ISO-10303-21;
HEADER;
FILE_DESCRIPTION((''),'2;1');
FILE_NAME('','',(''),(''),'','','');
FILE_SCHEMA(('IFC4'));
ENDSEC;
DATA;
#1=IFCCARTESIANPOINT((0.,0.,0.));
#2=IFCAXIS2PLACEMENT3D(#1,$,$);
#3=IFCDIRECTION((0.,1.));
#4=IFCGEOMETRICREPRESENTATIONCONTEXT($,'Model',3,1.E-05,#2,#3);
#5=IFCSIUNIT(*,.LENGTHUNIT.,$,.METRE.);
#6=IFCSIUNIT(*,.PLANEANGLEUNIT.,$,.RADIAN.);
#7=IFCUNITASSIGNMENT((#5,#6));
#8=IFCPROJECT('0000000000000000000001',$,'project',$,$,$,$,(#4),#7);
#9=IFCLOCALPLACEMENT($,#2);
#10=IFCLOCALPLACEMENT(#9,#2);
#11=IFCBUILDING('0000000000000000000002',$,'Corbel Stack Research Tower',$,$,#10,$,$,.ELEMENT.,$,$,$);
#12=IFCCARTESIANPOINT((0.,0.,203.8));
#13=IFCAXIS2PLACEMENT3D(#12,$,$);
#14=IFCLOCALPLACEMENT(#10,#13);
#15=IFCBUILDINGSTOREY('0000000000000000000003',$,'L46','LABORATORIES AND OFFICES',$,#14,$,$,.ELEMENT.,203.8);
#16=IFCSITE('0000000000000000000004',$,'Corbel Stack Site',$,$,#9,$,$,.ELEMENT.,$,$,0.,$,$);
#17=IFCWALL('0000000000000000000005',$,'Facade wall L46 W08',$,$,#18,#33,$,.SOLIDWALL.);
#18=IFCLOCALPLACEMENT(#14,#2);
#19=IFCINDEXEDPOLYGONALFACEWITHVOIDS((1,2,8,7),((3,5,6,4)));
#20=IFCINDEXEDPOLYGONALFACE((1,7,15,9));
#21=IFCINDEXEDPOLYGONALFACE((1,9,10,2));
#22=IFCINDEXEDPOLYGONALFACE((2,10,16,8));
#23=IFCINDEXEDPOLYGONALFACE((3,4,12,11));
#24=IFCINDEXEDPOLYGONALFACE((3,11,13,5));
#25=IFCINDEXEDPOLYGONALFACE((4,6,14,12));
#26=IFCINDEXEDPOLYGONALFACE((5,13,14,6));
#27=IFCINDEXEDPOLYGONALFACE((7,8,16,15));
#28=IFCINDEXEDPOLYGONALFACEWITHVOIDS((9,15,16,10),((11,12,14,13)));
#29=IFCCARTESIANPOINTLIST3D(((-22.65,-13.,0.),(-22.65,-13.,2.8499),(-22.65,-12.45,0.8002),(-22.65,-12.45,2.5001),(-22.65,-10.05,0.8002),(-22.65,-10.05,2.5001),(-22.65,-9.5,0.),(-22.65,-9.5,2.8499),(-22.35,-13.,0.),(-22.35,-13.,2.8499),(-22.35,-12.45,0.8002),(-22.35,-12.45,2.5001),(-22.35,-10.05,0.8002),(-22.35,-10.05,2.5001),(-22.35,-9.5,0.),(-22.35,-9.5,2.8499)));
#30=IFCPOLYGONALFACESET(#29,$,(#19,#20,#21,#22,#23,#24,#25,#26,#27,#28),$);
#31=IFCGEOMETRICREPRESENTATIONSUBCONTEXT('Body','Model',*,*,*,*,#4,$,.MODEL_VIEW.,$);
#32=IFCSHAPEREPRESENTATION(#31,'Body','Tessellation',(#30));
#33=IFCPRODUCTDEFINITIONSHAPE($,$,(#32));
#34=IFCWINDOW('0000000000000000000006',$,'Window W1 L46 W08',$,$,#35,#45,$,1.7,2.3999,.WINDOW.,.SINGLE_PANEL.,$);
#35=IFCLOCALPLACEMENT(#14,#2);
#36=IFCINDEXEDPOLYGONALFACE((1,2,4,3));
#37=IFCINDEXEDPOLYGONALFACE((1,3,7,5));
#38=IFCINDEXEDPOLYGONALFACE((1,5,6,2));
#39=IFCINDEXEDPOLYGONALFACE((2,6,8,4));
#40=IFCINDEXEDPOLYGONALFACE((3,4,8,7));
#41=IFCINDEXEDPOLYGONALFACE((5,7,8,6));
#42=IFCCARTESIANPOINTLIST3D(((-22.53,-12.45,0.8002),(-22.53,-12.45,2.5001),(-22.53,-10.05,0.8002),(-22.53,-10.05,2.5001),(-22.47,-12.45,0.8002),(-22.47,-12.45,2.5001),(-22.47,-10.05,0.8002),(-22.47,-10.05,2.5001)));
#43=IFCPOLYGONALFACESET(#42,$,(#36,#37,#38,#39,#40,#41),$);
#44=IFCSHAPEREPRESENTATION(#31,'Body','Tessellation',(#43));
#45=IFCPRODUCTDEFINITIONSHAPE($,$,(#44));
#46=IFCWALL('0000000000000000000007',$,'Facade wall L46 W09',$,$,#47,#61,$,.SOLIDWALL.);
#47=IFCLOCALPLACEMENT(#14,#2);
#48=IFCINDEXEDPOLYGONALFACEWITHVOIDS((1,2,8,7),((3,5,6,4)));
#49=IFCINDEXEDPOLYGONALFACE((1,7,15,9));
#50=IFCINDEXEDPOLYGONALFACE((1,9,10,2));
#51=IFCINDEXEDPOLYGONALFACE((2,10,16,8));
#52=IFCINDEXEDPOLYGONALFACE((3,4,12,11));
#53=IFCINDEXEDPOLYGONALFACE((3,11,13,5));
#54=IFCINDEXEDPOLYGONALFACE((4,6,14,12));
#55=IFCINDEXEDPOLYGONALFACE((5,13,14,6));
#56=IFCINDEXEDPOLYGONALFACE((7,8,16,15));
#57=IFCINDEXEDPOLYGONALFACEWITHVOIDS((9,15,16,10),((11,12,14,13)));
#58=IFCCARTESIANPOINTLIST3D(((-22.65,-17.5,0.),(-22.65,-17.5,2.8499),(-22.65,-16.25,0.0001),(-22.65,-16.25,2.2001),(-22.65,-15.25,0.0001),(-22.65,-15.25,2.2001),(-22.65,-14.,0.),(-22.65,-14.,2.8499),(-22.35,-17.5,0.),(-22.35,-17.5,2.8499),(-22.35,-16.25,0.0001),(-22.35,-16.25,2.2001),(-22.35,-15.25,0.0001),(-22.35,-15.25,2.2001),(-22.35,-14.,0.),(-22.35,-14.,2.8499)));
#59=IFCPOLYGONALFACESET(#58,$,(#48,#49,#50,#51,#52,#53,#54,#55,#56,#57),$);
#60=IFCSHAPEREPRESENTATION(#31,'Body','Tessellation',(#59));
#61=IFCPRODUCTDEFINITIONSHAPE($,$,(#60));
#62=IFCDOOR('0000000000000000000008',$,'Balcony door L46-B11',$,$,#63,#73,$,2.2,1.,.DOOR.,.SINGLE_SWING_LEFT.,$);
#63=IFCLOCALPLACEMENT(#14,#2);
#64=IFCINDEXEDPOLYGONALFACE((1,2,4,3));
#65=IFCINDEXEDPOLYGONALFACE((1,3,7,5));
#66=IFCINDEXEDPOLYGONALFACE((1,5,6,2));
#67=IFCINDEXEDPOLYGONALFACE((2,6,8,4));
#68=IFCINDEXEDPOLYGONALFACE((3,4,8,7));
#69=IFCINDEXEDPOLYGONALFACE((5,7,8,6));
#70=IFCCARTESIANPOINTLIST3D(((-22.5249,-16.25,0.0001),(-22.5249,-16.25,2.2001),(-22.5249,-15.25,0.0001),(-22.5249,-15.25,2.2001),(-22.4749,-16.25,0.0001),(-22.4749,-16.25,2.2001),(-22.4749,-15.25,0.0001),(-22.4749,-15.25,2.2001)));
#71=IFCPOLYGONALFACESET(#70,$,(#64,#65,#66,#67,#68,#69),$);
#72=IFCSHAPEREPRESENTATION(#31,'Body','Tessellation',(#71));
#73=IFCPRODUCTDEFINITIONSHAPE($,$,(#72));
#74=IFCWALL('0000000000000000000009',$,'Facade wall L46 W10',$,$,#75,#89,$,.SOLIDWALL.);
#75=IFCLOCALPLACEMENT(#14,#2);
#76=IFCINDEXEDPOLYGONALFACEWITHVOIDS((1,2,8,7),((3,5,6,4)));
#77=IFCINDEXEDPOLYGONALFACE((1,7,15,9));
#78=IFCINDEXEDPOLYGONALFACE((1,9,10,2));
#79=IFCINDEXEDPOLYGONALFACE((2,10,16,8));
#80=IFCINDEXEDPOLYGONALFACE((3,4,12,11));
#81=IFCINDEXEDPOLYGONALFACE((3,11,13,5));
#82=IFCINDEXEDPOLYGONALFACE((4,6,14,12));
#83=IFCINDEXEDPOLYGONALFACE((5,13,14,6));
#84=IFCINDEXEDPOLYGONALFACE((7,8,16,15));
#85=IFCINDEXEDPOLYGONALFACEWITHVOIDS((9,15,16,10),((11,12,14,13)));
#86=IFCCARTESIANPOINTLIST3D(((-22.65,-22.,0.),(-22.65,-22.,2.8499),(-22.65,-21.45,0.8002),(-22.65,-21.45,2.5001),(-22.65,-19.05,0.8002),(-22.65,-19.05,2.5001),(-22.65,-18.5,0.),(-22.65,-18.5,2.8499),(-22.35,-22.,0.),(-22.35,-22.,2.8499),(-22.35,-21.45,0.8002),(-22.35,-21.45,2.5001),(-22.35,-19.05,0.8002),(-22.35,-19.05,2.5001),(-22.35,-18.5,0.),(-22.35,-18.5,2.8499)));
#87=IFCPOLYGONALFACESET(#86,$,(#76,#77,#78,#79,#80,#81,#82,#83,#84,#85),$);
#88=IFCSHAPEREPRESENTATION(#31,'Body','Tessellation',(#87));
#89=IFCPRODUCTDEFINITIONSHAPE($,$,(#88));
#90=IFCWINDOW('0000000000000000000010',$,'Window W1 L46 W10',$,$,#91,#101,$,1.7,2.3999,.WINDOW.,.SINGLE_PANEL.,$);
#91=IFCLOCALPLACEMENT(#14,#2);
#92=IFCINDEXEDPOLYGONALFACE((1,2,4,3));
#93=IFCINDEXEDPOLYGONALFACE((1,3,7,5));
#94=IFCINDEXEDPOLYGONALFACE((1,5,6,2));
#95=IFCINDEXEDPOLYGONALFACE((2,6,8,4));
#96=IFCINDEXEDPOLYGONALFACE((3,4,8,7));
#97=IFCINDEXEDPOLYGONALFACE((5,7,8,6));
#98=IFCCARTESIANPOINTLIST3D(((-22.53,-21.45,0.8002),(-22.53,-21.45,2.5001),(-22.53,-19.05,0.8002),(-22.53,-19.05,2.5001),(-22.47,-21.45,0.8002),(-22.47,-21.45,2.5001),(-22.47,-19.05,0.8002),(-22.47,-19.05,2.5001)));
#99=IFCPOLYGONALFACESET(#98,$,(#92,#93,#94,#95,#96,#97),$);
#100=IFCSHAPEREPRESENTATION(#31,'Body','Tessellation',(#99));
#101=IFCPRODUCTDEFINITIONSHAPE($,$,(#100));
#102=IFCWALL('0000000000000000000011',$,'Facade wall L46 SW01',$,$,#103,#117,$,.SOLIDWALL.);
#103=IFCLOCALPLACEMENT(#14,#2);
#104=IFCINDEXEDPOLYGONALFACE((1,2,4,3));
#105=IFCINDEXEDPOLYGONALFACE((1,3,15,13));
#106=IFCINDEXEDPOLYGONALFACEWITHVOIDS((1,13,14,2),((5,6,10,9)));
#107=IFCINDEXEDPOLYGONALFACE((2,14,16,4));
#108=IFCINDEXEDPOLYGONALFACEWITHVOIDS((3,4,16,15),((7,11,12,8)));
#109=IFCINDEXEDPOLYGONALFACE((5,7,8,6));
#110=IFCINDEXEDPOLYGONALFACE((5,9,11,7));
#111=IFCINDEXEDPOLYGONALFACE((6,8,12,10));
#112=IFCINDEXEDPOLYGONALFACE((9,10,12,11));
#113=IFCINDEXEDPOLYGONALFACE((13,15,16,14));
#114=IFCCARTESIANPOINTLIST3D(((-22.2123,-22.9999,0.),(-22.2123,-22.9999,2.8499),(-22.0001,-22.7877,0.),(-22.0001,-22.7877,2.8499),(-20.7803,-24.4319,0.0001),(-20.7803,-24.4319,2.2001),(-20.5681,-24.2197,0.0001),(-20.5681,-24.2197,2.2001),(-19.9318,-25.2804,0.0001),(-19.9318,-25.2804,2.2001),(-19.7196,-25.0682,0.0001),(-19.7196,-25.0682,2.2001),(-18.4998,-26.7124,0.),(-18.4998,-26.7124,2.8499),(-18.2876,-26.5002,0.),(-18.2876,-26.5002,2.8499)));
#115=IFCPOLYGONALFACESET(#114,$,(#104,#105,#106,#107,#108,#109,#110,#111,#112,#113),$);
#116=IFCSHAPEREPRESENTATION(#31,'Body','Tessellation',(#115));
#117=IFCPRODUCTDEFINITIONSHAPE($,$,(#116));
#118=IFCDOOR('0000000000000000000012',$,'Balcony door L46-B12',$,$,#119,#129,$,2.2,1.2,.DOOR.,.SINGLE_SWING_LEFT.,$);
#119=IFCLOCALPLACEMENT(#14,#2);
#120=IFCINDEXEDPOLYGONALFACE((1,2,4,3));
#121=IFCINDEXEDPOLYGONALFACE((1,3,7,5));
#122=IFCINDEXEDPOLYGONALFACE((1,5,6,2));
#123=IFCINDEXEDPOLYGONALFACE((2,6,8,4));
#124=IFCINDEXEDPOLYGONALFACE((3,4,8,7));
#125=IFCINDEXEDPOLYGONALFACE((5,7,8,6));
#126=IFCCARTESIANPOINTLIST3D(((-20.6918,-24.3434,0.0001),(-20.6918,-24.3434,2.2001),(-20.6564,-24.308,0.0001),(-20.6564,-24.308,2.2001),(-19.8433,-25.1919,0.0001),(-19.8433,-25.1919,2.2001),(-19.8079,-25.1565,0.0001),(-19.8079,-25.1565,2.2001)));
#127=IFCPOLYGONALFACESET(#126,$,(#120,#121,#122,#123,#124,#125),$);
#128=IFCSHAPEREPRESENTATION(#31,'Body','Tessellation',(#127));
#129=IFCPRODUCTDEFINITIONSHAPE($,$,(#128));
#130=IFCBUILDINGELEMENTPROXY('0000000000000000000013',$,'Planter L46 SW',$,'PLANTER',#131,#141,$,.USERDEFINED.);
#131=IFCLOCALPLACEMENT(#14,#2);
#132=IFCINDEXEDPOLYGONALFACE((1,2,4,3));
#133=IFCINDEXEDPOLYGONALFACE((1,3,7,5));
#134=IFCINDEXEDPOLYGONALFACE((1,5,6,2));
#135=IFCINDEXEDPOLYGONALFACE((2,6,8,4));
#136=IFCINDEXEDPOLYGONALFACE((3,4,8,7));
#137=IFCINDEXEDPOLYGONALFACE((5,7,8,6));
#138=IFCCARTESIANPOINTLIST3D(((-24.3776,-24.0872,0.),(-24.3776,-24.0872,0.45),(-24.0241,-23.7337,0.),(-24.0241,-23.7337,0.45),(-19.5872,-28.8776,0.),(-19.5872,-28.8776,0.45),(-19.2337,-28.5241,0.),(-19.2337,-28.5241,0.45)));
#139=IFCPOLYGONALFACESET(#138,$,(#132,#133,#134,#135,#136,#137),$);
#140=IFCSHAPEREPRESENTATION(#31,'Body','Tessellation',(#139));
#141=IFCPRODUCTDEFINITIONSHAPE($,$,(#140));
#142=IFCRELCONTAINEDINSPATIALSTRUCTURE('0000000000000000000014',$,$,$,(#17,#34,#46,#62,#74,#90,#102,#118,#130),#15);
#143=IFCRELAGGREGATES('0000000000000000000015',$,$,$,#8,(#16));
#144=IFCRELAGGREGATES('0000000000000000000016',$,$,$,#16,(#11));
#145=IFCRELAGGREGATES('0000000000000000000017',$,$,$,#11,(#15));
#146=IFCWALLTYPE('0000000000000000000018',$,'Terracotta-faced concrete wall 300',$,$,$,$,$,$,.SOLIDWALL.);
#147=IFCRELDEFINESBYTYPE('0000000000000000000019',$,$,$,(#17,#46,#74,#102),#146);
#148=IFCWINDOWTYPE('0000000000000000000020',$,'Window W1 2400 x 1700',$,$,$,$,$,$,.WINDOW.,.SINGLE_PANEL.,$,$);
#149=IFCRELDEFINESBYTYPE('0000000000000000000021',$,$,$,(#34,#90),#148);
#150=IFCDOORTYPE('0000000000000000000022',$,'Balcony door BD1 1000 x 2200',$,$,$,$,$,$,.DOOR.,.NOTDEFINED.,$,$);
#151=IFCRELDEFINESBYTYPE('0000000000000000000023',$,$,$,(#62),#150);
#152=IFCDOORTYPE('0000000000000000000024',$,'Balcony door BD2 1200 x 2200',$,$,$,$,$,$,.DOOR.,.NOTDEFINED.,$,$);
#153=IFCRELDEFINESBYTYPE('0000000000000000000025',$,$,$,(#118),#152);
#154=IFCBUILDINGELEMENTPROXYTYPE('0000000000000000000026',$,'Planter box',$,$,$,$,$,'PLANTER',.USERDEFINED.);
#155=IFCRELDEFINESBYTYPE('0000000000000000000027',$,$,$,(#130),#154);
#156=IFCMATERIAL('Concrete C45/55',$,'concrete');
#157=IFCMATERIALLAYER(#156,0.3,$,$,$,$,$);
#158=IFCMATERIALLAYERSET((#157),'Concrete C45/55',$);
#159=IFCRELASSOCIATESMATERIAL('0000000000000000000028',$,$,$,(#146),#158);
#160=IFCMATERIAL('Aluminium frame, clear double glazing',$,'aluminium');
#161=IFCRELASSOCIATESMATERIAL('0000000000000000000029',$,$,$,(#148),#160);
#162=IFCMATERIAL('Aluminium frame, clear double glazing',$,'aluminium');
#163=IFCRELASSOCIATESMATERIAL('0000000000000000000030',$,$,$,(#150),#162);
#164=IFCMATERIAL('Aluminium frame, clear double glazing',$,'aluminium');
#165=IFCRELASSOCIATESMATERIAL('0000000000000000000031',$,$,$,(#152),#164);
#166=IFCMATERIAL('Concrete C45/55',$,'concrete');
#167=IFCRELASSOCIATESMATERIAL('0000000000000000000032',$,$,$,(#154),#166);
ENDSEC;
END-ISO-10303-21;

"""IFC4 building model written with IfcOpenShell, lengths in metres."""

from ifc_helpers import new_model, si_unit, direction, frame, frame_2d, origin, origin_2d, place, context, subcontext, project, spatial, rectangle, extrude, material, layer, layer_set, type_object, element, fill, save


model = new_model("IFC4")

# Units and contexts
model_context = context("Model", 3, precision=1e-05, world=origin(), true_north=direction((0.0, 1.0)))
body_context = subcontext(model_context, "Body", "Model", "MODEL_VIEW")
ifc_project = project(units=[si_unit("LENGTHUNIT", "METRE"), si_unit("PLANEANGLEUNIT", "RADIAN")], contexts=[model_context])

# Site, building, storey
site_placement = place(None, origin())
site = spatial("IfcSite", under=ifc_project, at=site_placement, Name="Corbel Stack Site", CompositionType="ELEMENT", RefElevation=0.0)
building_placement = place(site_placement, origin())
building = spatial("IfcBuilding", under=site, at=building_placement, Name="Corbel Stack Research Tower", CompositionType="ELEMENT")
storey_placement = place(building_placement, frame((0.0, 0.0, 203.8)))
storey = spatial("IfcBuildingStorey", under=building, at=storey_placement, Name="L46", Description="LABORATORIES AND OFFICES", CompositionType="ELEMENT", Elevation=203.8)

# Wall, opening, window
ifc_material_1 = material(Name="Concrete C45/55", Category="concrete")
ifc_layer_1 = layer(ifc_material_1, 0.3)
ifc_layer_set_1 = layer_set([ifc_layer_1], Name="Concrete C45/55")
wall_type_1 = type_object("IfcWallType", Name="Terracotta-faced concrete wall 300", PredefinedType="SOLIDWALL", material=ifc_layer_set_1)
ifc_material_2 = material(Name="Aluminium frame, clear double glazing", Category="aluminium")
window_type = type_object("IfcWindowType", Name="Window W1 2400 x 1700", PartitioningType="SINGLE_PANEL", PredefinedType="WINDOW", material=ifc_material_2)
wall_1_placement = place(storey_placement, frame((-22.5, -13.0, 0.0), z_axis=(0.0, 0.0, 1.0), x_axis=(0.0, 1.0, 0.0)))
wall_1 = element("IfcWall", 1, at=wall_1_placement, inside=storey, type_object=wall_type_1, Name="Facade wall L46 W08", PredefinedType="SOLIDWALL", context=body_context, shape_type="SweptSolid", body=[
    extrude(rectangle(XDim=3.5, YDim=0.3, at=frame_2d((1.75, 0.0))), origin(), (0.0, 0.0, 1.0), 2.8499),
])
opening_1_placement = place(wall_1_placement, frame((0.55, 0.0, 0.8)))
opening_1 = element("IfcOpeningElement", 2, at=opening_1_placement, cuts=wall_1, PredefinedType="OPENING", context=body_context, shape_type="SweptSolid", body=[
    extrude(rectangle(XDim=2.3999, YDim=1.7, at=frame_2d((1.2, 0.8501))), frame((0.0, 0.1599, 0.0), z_axis=(0.0, -1.0, 0.0), x_axis=(1.0, 0.0, 0.0)), (0.0, 0.0, 1.0), 0.3201),
])
window_1_placement = place(opening_1_placement, origin())
window_1 = element("IfcWindow", 3, at=window_1_placement, inside=storey, type_object=window_type, Name="Window W1 L46 W08", OverallHeight=1.7, OverallWidth=2.3999, PartitioningType="SINGLE_PANEL", PredefinedType="WINDOW", context=body_context, shape_type="SweptSolid", body=[
    extrude(rectangle(XDim=2.3999, YDim=1.7, at=frame_2d((1.2, 0.8501))), frame((0.0, 0.03, 0.0), z_axis=(0.0, -1.0, 0.0), x_axis=(1.0, 0.0, 0.0)), (0.0, 0.0, 1.0), 0.0601),
])
fill(opening_1, window_1)

# Wall, opening, door
wall_2_placement = place(storey_placement, frame((-22.5, -17.5, 0.0), z_axis=(0.0, 0.0, 1.0), x_axis=(0.0, 1.0, 0.0)))
wall_2 = element("IfcWall", 4, at=wall_2_placement, inside=storey, type_object=wall_type_1, Name="Facade wall L46 W09", PredefinedType="SOLIDWALL", context=body_context, shape_type="SweptSolid", body=[
    extrude(rectangle(XDim=3.5, YDim=0.3, at=frame_2d((1.75, 0.0))), origin(), (0.0, 0.0, 1.0), 2.8499),
])
opening_2_placement = place(wall_2_placement, frame((1.25, 0.0, 0.0)))
opening_2 = element("IfcOpeningElement", 5, at=opening_2_placement, cuts=wall_2, PredefinedType="OPENING", context=body_context, shape_type="SweptSolid", body=[
    extrude(rectangle(XDim=1.0, YDim=2.2, at=frame_2d((0.5, 1.1001))), frame((0.0, 0.1599, 0.0), z_axis=(0.0, -1.0, 0.0), x_axis=(1.0, 0.0, 0.0)), (0.0, 0.0, 1.0), 0.3201),
])
ifc_material_3 = material(Name="Aluminium frame, clear double glazing", Category="aluminium")
door_type_1 = type_object("IfcDoorType", Name="Balcony door BD1 1000 x 2200", OperationType="NOTDEFINED", PredefinedType="DOOR", material=ifc_material_3)
door_1_placement = place(opening_2_placement, origin())
door_1 = element("IfcDoor", 6, at=door_1_placement, inside=storey, type_object=door_type_1, Name="Balcony door L46-B11", OperationType="SINGLE_SWING_LEFT", OverallHeight=2.2, OverallWidth=1.0, PredefinedType="DOOR", context=body_context, shape_type="SweptSolid", body=[
    extrude(rectangle(XDim=1.0, YDim=2.2, at=frame_2d((0.5, 1.1001))), frame((0.0, 0.0249, 0.0), z_axis=(0.0, -1.0, 0.0), x_axis=(1.0, 0.0, 0.0)), (0.0, 0.0, 1.0), 0.05),
])
fill(opening_2, door_1)

# Wall, opening, window
wall_3_placement = place(storey_placement, frame((-22.5, -22.0, 0.0), z_axis=(0.0, 0.0, 1.0), x_axis=(0.0, 1.0, 0.0)))
wall_3 = element("IfcWall", 7, at=wall_3_placement, inside=storey, type_object=wall_type_1, Name="Facade wall L46 W10", PredefinedType="SOLIDWALL", context=body_context, shape_type="SweptSolid", body=[
    extrude(rectangle(XDim=3.5, YDim=0.3, at=frame_2d((1.75, 0.0))), origin(), (0.0, 0.0, 1.0), 2.8499),
])
opening_3_placement = place(wall_3_placement, frame((0.55, 0.0, 0.8)))
opening_3 = element("IfcOpeningElement", 8, at=opening_3_placement, cuts=wall_3, PredefinedType="OPENING", context=body_context, shape_type="SweptSolid", body=[
    extrude(rectangle(XDim=2.3999, YDim=1.7, at=frame_2d((1.2, 0.8501))), frame((0.0, 0.1599, 0.0), z_axis=(0.0, -1.0, 0.0), x_axis=(1.0, 0.0, 0.0)), (0.0, 0.0, 1.0), 0.3201),
])
window_2_placement = place(opening_3_placement, origin())
window_2 = element("IfcWindow", 9, at=window_2_placement, inside=storey, type_object=window_type, Name="Window W1 L46 W10", OverallHeight=1.7, OverallWidth=2.3999, PartitioningType="SINGLE_PANEL", PredefinedType="WINDOW", context=body_context, shape_type="SweptSolid", body=[
    extrude(rectangle(XDim=2.3999, YDim=1.7, at=frame_2d((1.2, 0.8501))), frame((0.0, 0.03, 0.0), z_axis=(0.0, -1.0, 0.0), x_axis=(1.0, 0.0, 0.0)), (0.0, 0.0, 1.0), 0.0601),
])
fill(opening_3, window_2)

# Wall, opening, door
wall_4_placement = place(storey_placement, frame((-18.3938, -26.6062, 0.0), z_axis=(0.0, 0.0, 1.0), x_axis=(-0.707107, 0.707107, 0.0)))
wall_4 = element("IfcWall", 10, at=wall_4_placement, inside=storey, type_object=wall_type_1, Name="Facade wall L46 SW01", PredefinedType="SOLIDWALL", context=body_context, shape_type="SweptSolid", body=[
    extrude(rectangle(XDim=5.2502, YDim=0.3, at=frame_2d((2.625, 0.0))), origin(), (0.0, 0.0, 1.0), 2.8499),
])
opening_4_placement = place(wall_4_placement, frame((2.0249, 0.0, 0.0)))
opening_4 = element("IfcOpeningElement", 11, at=opening_4_placement, cuts=wall_4, PredefinedType="OPENING", context=body_context, shape_type="SweptSolid", body=[
    extrude(rectangle(XDim=1.2, YDim=2.2, at=frame_2d((0.6001, 1.1001))), frame((0.0, 0.1599, 0.0), z_axis=(0.0, -1.0, 0.0), x_axis=(1.0, 0.0, 0.0)), (0.0, 0.0, 1.0), 0.3201),
])
ifc_material_4 = material(Name="Aluminium frame, clear double glazing", Category="aluminium")
door_type_2 = type_object("IfcDoorType", Name="Balcony door BD2 1200 x 2200", OperationType="NOTDEFINED", PredefinedType="DOOR", material=ifc_material_4)
door_2_placement = place(opening_4_placement, origin())
door_2 = element("IfcDoor", 12, at=door_2_placement, inside=storey, type_object=door_type_2, Name="Balcony door L46-B12", OperationType="SINGLE_SWING_LEFT", OverallHeight=2.2, OverallWidth=1.2, PredefinedType="DOOR", context=body_context, shape_type="SweptSolid", body=[
    extrude(rectangle(XDim=1.2, YDim=2.2, at=frame_2d((0.6001, 1.1001))), frame((0.0, 0.0249, 0.0), z_axis=(0.0, -1.0, 0.0), x_axis=(1.0, 0.0, 0.0)), (0.0, 0.0, 1.0), 0.05),
])
fill(opening_4, door_2)

# Building element proxy
ifc_material_5 = material(Name="Concrete C45/55", Category="concrete")
building_element_proxy_type = type_object("IfcBuildingElementProxyType", Name="Planter box", ElementType="PLANTER", PredefinedType="USERDEFINED", material=ifc_material_5)
proxy_placement = place(storey_placement, frame((-21.8057, -26.3057, 0.0), z_axis=(0.0, 0.0, 1.0), x_axis=(0.707107, -0.707107, 0.0)))
element("IfcBuildingElementProxy", 13, at=proxy_placement, inside=storey, type_object=building_element_proxy_type, Name="Planter L46 SW", ObjectType="PLANTER", PredefinedType="USERDEFINED", context=body_context, shape_type="SweptSolid", body=[
    extrude(rectangle(XDim=6.7747, YDim=0.5, at=origin_2d()), origin(), (0.0, 0.0, 1.0), 0.45),
])

save(model, "model.ifc")
